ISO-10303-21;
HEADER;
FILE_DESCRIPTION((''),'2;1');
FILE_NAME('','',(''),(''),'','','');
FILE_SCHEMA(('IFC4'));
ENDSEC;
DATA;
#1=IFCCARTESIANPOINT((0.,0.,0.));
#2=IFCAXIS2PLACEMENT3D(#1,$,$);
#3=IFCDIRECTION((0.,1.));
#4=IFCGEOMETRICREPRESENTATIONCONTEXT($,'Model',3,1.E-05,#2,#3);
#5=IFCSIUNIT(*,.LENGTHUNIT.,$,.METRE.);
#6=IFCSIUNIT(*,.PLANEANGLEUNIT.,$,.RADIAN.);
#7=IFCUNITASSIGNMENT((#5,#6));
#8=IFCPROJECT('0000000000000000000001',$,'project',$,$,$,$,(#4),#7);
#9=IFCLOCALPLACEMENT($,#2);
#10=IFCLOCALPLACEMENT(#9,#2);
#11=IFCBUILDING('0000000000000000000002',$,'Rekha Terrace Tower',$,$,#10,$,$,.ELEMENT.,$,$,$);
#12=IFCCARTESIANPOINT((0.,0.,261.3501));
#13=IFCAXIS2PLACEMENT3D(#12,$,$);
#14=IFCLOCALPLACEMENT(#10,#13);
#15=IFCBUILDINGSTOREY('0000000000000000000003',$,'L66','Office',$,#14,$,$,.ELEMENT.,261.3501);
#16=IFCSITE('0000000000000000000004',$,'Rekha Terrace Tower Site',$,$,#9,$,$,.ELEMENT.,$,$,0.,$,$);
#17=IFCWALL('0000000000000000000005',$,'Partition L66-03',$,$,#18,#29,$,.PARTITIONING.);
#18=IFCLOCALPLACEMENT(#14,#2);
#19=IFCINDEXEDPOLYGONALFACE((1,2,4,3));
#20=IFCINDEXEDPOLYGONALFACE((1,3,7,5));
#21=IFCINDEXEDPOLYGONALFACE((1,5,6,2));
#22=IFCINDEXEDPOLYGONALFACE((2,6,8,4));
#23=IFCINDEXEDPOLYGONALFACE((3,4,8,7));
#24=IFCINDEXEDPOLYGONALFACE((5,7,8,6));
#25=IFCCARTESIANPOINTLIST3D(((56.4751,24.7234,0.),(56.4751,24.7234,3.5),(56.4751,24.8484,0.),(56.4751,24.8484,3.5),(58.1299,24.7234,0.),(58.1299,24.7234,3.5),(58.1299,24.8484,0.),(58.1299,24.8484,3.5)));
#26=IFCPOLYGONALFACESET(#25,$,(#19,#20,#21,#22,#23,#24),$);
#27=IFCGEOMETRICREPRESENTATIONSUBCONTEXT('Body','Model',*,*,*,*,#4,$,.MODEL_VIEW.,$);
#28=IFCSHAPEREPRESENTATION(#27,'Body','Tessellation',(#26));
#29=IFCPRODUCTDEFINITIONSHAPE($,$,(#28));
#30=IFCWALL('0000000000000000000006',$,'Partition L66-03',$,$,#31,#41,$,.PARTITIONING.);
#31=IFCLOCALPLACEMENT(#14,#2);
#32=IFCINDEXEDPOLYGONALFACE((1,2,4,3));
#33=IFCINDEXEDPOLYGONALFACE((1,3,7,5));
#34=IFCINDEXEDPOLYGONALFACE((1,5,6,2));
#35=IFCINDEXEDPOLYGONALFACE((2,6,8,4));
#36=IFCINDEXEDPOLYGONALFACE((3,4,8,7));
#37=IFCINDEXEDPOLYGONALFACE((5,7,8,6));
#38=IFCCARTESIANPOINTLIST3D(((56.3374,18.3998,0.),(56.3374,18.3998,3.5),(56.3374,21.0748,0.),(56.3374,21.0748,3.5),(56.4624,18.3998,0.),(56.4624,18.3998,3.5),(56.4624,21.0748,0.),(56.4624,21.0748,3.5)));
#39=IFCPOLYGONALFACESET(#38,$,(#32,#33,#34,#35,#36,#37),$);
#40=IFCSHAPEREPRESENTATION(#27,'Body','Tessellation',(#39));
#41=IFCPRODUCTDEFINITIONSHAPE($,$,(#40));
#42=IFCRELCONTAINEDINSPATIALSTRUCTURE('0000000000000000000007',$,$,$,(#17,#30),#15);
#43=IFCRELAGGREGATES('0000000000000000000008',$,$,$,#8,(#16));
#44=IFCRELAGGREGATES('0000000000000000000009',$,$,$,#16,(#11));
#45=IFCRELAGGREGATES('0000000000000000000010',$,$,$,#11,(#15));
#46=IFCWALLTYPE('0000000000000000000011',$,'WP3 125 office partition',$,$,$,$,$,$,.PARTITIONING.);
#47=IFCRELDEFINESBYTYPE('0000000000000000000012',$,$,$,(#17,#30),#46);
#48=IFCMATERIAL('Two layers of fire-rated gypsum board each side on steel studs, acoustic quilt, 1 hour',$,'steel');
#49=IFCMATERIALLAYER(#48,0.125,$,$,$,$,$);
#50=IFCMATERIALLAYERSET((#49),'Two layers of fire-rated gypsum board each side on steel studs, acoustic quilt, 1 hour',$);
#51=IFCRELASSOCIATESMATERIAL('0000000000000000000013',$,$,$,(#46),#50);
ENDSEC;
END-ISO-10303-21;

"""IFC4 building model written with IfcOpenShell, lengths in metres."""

from ifc_helpers import new_model, si_unit, direction, frame, frame_2d, origin, place, context, subcontext, project, spatial, rectangle, extrude, material, layer, layer_set, type_object, element, save


model = new_model("IFC4")

# Units and contexts
model_context = context("Model", 3, precision=1e-05, world=origin(), true_north=direction((0.0, 1.0)))
body_context = subcontext(model_context, "Body", "Model", "MODEL_VIEW")
ifc_project = project(units=[si_unit("LENGTHUNIT", "METRE"), si_unit("PLANEANGLEUNIT", "RADIAN")], contexts=[model_context])

# Site, building, storey
site_placement = place(None, origin())
site = spatial("IfcSite", under=ifc_project, at=site_placement, Name="Rekha Terrace Tower Site", CompositionType="ELEMENT", RefElevation=0.0)
building_placement = place(site_placement, origin())
building = spatial("IfcBuilding", under=site, at=building_placement, Name="Rekha Terrace Tower", CompositionType="ELEMENT")
storey_placement = place(building_placement, frame((0.0, 0.0, 261.3501)))
storey = spatial("IfcBuildingStorey", under=building, at=storey_placement, Name="L66", Description="Office", CompositionType="ELEMENT", Elevation=261.3501)

# Walls
ifc_material_1 = material(Name="Two layers of fire-rated gypsum board each side on steel studs, acoustic quilt, 1 hour", Category="steel")
ifc_layer_1 = layer(ifc_material_1, 0.125)
ifc_layer_set_1 = layer_set([ifc_layer_1], Name="Two layers of fire-rated gypsum board each side on steel studs, acoustic quilt, 1 hour")
wall_type_1 = type_object("IfcWallType", Name="WP3 125 office partition", PredefinedType="PARTITIONING", material=ifc_layer_set_1)
wall_1_placement = place(storey_placement, frame((56.4751, 24.7859, 0.0), z_axis=(0.0, 0.0, 1.0), x_axis=(1.0, 0.0, 0.0)))
element("IfcWall", 1, at=wall_1_placement, inside=storey, type_object=wall_type_1, Name="Partition L66-03", PredefinedType="PARTITIONING", context=body_context, shape_type="SweptSolid", body=[
    extrude(rectangle(XDim=1.6548, YDim=0.125, at=frame_2d((0.8274, 0.0))), origin(), (0.0, 0.0, 1.0), 3.5),
])
wall_2_placement = place(storey_placement, frame((56.3999, 18.3999, 0.0), z_axis=(0.0, 0.0, 1.0), x_axis=(0.0, 1.0, 0.0)))
element("IfcWall", 2, at=wall_2_placement, inside=storey, type_object=wall_type_1, Name="Partition L66-03", PredefinedType="PARTITIONING", context=body_context, shape_type="SweptSolid", body=[
    extrude(rectangle(XDim=2.675, YDim=0.125, at=frame_2d((1.3374, 0.0))), origin(), (0.0, 0.0, 1.0), 3.5),
])

save(model, "model.ifc")
